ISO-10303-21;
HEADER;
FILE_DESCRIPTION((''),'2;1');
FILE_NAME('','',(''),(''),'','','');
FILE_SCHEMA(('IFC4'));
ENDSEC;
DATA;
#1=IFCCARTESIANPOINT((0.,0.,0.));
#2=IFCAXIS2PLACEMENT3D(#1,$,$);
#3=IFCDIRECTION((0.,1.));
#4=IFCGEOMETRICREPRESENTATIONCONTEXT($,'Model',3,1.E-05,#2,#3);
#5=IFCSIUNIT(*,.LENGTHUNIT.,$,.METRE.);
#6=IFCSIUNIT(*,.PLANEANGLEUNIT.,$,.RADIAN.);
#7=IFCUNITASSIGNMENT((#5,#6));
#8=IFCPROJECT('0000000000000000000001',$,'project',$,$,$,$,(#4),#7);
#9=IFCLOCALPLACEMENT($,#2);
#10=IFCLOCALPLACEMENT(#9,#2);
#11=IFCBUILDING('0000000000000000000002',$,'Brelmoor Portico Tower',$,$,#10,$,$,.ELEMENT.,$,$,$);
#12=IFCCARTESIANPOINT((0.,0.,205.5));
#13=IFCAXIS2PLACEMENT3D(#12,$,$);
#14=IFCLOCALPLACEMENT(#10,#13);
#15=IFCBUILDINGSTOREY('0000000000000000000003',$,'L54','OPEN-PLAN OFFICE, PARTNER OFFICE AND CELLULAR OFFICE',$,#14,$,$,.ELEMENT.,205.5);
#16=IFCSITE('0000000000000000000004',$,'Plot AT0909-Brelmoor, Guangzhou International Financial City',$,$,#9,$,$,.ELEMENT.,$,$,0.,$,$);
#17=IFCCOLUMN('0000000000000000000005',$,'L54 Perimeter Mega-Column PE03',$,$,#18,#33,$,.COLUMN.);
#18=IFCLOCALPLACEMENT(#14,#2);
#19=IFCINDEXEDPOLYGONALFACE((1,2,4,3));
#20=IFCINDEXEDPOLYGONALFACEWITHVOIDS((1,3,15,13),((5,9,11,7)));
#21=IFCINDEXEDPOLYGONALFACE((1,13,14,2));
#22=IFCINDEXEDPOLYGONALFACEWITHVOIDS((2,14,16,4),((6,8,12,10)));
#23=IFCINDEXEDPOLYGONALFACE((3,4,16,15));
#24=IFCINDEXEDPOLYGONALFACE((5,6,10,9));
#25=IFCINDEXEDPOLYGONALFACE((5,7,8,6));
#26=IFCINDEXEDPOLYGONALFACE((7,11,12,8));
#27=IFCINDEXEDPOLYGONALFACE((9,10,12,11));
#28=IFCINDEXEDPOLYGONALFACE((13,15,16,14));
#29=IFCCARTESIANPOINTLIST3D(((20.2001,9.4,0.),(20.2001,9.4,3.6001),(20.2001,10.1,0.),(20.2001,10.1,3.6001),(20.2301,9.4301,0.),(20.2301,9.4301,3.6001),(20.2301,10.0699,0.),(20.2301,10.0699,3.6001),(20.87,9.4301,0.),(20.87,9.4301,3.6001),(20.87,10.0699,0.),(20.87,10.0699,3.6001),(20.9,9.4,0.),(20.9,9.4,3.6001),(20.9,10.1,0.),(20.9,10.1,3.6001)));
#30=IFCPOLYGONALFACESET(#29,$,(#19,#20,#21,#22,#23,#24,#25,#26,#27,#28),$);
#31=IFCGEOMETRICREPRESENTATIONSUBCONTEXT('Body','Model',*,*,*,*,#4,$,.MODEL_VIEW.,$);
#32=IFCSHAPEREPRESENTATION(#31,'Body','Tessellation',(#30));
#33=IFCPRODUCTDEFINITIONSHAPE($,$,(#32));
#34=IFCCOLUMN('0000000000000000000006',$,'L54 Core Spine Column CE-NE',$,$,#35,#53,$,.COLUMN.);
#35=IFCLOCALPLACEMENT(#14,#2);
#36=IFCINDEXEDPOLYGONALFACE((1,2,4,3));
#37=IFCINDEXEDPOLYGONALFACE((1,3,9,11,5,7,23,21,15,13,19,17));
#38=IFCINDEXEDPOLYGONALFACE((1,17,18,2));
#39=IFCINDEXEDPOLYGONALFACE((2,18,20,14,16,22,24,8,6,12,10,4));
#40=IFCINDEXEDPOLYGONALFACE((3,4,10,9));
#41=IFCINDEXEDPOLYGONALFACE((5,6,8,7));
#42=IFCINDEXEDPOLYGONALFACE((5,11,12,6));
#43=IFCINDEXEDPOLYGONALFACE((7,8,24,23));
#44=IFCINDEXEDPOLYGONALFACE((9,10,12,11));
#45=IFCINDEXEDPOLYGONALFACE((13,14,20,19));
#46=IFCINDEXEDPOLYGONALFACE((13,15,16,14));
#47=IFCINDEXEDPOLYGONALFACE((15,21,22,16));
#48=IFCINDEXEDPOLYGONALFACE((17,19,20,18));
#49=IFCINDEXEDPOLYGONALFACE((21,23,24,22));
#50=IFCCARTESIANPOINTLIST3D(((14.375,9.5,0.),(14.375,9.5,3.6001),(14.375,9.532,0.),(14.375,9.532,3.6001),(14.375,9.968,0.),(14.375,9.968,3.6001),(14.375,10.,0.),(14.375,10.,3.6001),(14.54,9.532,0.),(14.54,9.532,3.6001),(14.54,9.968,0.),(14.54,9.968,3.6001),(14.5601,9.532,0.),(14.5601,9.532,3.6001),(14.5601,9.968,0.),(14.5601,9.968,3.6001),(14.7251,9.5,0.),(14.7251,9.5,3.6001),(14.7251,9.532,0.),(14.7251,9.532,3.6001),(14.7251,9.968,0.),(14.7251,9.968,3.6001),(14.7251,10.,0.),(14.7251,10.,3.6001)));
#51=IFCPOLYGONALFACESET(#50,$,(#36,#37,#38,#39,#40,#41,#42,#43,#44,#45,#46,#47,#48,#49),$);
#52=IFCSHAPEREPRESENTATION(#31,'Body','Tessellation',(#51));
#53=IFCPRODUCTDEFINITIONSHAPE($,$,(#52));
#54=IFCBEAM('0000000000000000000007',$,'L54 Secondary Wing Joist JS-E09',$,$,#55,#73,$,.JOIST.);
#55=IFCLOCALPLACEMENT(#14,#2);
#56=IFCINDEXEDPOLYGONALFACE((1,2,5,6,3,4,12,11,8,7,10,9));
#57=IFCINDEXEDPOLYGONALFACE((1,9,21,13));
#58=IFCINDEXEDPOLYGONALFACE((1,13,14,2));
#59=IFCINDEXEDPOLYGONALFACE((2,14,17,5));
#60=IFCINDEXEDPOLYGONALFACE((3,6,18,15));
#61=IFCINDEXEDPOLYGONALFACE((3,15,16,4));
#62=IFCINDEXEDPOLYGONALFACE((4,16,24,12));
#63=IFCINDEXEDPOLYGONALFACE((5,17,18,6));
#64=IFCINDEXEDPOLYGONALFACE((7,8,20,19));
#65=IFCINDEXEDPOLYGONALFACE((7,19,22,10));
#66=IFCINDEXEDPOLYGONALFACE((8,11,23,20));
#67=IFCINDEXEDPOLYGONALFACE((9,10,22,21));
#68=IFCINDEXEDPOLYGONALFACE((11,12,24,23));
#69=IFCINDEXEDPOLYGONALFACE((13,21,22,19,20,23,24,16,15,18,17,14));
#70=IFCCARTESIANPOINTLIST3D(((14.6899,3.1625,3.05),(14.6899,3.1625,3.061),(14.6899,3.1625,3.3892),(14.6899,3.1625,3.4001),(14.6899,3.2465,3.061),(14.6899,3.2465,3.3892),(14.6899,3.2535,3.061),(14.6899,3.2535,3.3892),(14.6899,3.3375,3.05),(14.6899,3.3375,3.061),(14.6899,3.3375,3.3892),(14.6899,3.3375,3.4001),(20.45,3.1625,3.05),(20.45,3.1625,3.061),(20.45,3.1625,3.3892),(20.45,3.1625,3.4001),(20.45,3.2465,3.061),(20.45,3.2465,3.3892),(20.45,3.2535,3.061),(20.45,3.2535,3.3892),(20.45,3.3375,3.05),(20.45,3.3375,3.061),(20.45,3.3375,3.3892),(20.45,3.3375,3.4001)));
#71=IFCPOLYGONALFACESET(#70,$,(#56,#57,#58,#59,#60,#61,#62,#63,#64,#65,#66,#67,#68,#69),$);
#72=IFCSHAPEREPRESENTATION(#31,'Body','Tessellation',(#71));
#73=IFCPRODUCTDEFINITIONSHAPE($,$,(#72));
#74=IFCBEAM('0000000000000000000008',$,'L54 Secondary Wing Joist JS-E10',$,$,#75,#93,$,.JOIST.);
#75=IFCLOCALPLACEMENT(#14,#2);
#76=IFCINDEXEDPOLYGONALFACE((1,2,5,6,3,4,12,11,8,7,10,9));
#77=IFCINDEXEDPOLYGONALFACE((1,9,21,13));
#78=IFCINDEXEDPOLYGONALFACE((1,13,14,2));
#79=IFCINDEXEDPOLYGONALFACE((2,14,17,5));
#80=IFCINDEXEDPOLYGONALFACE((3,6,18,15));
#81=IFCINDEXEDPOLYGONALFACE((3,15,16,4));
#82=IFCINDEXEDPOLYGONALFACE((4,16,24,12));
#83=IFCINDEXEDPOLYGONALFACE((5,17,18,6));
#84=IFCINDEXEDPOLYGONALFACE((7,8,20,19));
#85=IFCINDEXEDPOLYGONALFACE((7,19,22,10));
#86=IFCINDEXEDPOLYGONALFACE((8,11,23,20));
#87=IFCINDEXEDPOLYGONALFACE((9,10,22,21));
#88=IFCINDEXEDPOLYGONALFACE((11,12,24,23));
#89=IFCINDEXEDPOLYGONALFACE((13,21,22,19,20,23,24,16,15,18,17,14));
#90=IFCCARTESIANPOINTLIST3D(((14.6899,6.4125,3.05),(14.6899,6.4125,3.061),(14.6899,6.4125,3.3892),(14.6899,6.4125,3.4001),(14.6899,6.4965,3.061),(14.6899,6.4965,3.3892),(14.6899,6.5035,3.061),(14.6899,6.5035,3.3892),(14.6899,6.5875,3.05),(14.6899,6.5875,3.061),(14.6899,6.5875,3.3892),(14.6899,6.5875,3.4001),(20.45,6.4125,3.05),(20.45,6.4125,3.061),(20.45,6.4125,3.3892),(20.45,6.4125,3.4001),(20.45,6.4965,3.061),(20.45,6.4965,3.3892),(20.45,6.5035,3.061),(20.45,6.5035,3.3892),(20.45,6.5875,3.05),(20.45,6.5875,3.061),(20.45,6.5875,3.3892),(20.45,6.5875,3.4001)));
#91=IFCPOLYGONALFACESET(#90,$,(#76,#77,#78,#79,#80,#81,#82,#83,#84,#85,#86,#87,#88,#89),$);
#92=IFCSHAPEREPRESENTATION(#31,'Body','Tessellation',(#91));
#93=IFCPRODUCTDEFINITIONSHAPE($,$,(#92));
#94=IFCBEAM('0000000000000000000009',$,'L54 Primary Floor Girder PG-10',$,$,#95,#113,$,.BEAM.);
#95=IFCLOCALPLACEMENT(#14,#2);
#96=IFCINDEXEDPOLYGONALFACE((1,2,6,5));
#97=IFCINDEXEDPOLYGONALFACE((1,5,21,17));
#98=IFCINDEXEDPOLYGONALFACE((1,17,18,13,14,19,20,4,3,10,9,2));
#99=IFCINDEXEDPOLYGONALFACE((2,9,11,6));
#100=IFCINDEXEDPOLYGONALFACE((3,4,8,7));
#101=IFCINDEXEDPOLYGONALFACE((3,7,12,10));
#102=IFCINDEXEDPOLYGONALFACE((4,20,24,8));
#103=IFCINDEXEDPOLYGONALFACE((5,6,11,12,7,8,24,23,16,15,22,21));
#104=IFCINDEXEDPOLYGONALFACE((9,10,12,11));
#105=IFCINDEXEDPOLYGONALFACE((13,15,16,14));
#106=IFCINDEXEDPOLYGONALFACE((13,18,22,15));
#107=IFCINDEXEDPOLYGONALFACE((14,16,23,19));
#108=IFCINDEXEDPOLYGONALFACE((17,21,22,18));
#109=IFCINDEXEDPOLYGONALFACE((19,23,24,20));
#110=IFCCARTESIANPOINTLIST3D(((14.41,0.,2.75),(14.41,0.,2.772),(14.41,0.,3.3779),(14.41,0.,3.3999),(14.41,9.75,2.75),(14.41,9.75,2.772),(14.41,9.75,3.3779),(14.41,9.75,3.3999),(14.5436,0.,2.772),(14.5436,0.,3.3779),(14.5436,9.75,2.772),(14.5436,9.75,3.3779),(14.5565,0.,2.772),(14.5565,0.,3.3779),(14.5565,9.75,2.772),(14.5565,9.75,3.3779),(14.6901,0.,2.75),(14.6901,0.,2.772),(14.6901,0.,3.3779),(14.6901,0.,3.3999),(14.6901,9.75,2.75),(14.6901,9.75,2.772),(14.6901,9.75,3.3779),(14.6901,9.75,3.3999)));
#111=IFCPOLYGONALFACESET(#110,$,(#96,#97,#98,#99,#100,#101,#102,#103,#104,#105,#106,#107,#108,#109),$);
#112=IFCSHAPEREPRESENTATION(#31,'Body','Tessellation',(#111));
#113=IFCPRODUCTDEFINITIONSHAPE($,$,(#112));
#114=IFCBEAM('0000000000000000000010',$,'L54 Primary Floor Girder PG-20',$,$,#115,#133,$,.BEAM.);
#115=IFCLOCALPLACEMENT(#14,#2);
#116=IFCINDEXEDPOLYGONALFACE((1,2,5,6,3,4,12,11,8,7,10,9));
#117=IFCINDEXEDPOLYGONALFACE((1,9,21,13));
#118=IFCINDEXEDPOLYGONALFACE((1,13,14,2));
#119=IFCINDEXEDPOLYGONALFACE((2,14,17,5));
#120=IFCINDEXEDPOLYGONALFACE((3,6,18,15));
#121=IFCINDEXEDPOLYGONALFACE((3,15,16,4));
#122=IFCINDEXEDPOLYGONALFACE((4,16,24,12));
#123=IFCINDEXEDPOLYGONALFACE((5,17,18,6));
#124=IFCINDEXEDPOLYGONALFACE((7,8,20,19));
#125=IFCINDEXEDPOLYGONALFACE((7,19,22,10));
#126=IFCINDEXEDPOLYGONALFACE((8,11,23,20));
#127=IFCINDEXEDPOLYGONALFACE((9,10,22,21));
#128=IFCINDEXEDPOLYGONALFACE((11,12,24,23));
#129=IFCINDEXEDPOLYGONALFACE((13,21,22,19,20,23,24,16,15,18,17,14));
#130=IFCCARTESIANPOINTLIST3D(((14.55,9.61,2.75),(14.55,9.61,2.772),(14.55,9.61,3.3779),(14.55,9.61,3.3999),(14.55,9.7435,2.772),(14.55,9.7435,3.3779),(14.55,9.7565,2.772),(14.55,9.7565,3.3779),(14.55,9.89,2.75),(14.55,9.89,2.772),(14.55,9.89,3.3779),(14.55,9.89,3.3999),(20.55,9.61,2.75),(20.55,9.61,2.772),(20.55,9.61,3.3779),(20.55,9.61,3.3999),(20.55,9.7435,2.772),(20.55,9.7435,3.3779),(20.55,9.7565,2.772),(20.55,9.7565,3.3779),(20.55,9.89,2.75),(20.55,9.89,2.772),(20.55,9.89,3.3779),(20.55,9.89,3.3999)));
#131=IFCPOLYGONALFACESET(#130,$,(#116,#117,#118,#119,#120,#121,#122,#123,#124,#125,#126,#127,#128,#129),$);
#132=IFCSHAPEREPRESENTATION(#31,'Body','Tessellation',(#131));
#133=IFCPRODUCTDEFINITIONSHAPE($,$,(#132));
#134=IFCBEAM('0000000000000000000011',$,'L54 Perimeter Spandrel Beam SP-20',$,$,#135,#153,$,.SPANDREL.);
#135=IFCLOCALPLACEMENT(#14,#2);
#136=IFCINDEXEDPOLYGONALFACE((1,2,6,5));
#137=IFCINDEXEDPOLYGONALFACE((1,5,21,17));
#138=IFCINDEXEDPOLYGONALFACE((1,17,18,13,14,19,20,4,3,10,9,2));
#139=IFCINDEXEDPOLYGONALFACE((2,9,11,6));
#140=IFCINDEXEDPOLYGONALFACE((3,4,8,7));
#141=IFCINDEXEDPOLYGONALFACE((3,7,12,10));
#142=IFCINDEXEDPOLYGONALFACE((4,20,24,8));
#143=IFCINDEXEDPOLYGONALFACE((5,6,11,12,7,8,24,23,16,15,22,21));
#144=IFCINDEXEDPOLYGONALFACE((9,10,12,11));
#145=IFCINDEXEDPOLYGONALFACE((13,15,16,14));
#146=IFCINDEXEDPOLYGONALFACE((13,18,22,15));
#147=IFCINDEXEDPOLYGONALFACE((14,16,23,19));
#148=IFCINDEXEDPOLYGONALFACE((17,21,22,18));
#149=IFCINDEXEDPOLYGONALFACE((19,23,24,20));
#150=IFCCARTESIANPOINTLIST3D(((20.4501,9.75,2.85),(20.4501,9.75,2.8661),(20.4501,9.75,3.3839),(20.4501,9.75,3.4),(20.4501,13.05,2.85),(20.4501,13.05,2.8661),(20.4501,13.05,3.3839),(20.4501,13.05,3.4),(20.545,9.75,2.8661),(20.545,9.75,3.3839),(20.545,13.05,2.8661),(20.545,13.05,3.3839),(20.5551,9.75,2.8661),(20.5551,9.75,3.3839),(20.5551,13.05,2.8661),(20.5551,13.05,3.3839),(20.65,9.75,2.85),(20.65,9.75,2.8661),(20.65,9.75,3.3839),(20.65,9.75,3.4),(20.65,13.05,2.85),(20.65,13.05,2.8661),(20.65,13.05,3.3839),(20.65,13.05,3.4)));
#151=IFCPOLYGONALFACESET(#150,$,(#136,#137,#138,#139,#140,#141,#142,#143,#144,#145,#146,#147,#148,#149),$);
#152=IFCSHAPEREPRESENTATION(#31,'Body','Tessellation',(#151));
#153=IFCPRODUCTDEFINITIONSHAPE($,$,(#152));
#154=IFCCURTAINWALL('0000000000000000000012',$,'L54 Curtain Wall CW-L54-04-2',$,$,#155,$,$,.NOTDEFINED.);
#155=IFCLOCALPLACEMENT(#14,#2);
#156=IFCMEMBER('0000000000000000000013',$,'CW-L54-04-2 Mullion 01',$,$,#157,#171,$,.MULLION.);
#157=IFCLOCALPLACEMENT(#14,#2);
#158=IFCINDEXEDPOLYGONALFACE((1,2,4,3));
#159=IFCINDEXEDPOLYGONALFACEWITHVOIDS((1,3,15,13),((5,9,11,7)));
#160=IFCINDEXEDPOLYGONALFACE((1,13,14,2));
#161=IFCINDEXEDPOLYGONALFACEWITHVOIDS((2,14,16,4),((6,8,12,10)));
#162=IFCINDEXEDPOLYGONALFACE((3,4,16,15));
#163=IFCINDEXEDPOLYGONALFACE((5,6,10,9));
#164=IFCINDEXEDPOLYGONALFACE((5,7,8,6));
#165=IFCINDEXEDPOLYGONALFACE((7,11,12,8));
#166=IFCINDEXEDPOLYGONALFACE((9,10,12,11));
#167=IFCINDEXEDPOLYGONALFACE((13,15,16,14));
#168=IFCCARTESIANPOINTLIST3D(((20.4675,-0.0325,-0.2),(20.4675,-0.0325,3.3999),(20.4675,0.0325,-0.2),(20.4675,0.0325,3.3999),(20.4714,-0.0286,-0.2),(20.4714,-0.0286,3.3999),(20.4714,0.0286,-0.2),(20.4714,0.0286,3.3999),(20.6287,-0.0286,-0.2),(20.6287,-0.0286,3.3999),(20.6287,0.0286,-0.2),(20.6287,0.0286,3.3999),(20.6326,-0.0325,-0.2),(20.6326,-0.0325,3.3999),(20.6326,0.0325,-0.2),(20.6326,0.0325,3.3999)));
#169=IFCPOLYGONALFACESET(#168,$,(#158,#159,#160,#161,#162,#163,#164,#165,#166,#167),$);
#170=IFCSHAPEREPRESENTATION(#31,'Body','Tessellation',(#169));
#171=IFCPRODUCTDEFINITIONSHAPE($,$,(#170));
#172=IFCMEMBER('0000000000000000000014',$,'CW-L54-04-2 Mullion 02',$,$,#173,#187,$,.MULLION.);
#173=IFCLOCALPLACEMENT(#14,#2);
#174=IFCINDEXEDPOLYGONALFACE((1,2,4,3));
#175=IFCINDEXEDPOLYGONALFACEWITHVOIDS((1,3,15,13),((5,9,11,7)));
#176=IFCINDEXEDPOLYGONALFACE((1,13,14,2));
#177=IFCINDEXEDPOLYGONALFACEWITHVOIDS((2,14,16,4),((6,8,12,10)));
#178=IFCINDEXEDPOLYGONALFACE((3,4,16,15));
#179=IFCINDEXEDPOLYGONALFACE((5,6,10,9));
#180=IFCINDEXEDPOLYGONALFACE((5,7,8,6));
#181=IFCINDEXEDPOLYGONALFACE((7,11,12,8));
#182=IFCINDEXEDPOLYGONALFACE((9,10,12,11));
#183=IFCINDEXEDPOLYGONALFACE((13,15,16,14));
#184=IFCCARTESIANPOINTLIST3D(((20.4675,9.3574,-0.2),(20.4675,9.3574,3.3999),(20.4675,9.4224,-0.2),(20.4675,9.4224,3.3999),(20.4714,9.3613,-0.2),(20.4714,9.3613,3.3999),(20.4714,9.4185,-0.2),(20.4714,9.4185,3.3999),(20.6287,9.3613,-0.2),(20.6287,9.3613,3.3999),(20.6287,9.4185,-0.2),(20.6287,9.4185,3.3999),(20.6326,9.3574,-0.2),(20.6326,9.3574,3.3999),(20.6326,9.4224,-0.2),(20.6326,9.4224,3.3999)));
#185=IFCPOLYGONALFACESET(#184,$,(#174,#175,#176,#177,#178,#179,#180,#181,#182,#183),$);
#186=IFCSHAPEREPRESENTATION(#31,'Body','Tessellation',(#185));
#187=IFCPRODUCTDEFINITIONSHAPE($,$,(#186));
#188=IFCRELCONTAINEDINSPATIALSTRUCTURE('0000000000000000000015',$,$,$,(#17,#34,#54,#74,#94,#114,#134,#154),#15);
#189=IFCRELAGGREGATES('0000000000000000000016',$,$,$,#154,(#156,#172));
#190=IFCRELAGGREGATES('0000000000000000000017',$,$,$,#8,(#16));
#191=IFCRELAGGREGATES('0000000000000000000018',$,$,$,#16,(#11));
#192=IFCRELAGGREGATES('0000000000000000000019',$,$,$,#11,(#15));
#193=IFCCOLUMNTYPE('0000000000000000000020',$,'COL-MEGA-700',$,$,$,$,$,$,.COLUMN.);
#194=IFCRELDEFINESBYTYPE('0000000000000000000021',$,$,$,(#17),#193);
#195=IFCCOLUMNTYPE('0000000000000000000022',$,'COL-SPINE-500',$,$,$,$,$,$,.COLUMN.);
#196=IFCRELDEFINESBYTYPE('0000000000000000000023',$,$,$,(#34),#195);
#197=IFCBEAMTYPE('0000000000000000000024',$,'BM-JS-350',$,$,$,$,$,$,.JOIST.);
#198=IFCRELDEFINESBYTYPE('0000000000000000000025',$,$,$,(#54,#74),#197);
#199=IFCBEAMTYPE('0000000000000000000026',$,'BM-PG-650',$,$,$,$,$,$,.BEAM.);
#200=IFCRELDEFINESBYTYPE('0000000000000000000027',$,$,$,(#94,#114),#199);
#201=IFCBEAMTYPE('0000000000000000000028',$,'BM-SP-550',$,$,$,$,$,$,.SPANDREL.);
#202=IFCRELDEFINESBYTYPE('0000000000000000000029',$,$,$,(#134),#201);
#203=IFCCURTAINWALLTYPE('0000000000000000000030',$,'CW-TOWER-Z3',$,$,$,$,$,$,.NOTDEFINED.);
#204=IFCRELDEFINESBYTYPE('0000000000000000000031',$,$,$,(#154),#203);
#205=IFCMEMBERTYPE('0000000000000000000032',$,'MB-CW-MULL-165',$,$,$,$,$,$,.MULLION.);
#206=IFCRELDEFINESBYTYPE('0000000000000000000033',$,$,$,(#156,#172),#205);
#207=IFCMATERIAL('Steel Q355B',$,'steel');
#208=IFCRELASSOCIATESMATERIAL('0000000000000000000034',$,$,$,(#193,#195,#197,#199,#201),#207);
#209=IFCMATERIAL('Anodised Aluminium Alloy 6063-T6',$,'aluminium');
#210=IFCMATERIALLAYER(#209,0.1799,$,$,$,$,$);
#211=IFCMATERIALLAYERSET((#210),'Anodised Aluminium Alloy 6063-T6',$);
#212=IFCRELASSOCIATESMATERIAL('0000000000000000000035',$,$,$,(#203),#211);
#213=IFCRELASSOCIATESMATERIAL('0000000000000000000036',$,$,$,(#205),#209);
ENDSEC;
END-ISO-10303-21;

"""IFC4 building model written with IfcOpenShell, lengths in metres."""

from ifc_helpers import new_model, si_unit, direction, frame, origin, origin_2d, place, context, subcontext, project, spatial, hollow_rectangle, i_section, extrude, material, layer, layer_set, material_profile, profile_set, type_object, element, aggregate, save


model = new_model("IFC4")

# Units and contexts
model_context = context("Model", 3, precision=1e-05, world=origin(), true_north=direction((0.0, 1.0)))
body_context = subcontext(model_context, "Body", "Model", "MODEL_VIEW")
ifc_project = project(units=[si_unit("LENGTHUNIT", "METRE"), si_unit("PLANEANGLEUNIT", "RADIAN")], contexts=[model_context])

# Site, building, storey
site_placement = place(None, origin())
site = spatial("IfcSite", under=ifc_project, at=site_placement, Name="Plot AT0909-Brelmoor, Guangzhou International Financial City", CompositionType="ELEMENT", RefElevation=0.0)
building_placement = place(site_placement, origin())
building = spatial("IfcBuilding", under=site, at=building_placement, Name="Brelmoor Portico Tower", CompositionType="ELEMENT")
storey_placement = place(building_placement, frame((0.0, 0.0, 205.5)))
storey = spatial("IfcBuildingStorey", under=building, at=storey_placement, Name="L54", Description="OPEN-PLAN OFFICE, PARTNER OFFICE AND CELLULAR OFFICE", CompositionType="ELEMENT", Elevation=205.5)

# Columns
ifc_material_1 = material(Name="Steel Q355B", Category="steel")
ifc_material_profile_1 = material_profile(ifc_material_1, hollow_rectangle(XDim=0.7, YDim=0.7, WallThickness=0.03, at=origin_2d()), Name="BOX 700x700x30")
ifc_profile_set_1 = profile_set([ifc_material_profile_1], Name="Steel Q355B")
column_type_1 = type_object("IfcColumnType", Name="COL-MEGA-700", PredefinedType="COLUMN", material=ifc_profile_set_1)
column_1_placement = place(storey_placement, frame((20.55, 9.75, 0.0), z_axis=(0.0, 0.0, 1.0), x_axis=(0.0, 1.0, 0.0)))
element("IfcColumn", 1, at=column_1_placement, inside=storey, type_object=column_type_1, Name="L54 Perimeter Mega-Column PE03", PredefinedType="COLUMN", context=body_context, shape_type="SweptSolid", body=[
    extrude(hollow_rectangle(XDim=0.7, YDim=0.7, WallThickness=0.03, at=origin_2d()), origin(), (0.0, 0.0, 1.0), 3.6001),
])
ifc_material_profile_2 = material_profile(ifc_material_1, i_section(OverallWidth=0.3501, OverallDepth=0.5, WebThickness=0.02, FlangeThickness=0.032, at=origin_2d()), Name="HW 500x350x20x32")
ifc_profile_set_2 = profile_set([ifc_material_profile_2], Name="Steel Q355B")
column_type_2 = type_object("IfcColumnType", Name="COL-SPINE-500", PredefinedType="COLUMN", material=ifc_profile_set_2)
column_2_placement = place(storey_placement, frame((14.55, 9.75, 0.0), z_axis=(0.0, 0.0, 1.0), x_axis=(1.0, 0.0, 0.0)))
element("IfcColumn", 2, at=column_2_placement, inside=storey, type_object=column_type_2, Name="L54 Core Spine Column CE-NE", PredefinedType="COLUMN", context=body_context, shape_type="SweptSolid", body=[
    extrude(i_section(OverallWidth=0.3501, OverallDepth=0.5, WebThickness=0.02, FlangeThickness=0.032, at=origin_2d()), origin(), (0.0, 0.0, 1.0), 3.6001),
])

# Beams
ifc_material_profile_3 = material_profile(ifc_material_1, i_section(OverallWidth=0.175, OverallDepth=0.3501, WebThickness=0.0071, FlangeThickness=0.011, at=origin_2d()), Name="HN 350x175x7x11")
ifc_profile_set_3 = profile_set([ifc_material_profile_3], Name="Steel Q355B")
beam_type_1 = type_object("IfcBeamType", Name="BM-JS-350", PredefinedType="JOIST", material=ifc_profile_set_3)
for number, where, z_axis, x_axis, name in (
    (3, (14.6899, 3.25, 3.2251), (1.0, 0.0, 0.0), (0.0, 1.0, 0.0), "L54 Secondary Wing Joist JS-E09"),
    (4, (14.6899, 6.5, 3.2251), (1.0, 0.0, 0.0), (0.0, 1.0, 0.0), "L54 Secondary Wing Joist JS-E10"),
):
    element("IfcBeam", number, at=place(storey_placement, frame(where, z_axis=z_axis, x_axis=x_axis)), inside=storey, type_object=beam_type_1, Name=name, PredefinedType="JOIST", context=body_context, shape_type="SweptSolid", body=[
        extrude(i_section(OverallWidth=0.175, OverallDepth=0.3501, WebThickness=0.0071, FlangeThickness=0.011, at=origin_2d()), origin(), (0.0, 0.0, 1.0), 5.76),
    ])
ifc_material_profile_4 = material_profile(ifc_material_1, i_section(OverallWidth=0.28, OverallDepth=0.6499, WebThickness=0.0129, FlangeThickness=0.022, at=origin_2d()), Name="HN 650x280x13x22")
ifc_profile_set_4 = profile_set([ifc_material_profile_4], Name="Steel Q355B")
beam_type_2 = type_object("IfcBeamType", Name="BM-PG-650", PredefinedType="BEAM", material=ifc_profile_set_4)
beam_1_placement = place(storey_placement, frame((14.55, 0.0, 3.075), z_axis=(0.0, 1.0, 0.0), x_axis=(-1.0, 0.0, 0.0)))
element("IfcBeam", 5, at=beam_1_placement, inside=storey, type_object=beam_type_2, Name="L54 Primary Floor Girder PG-10", PredefinedType="BEAM", context=body_context, shape_type="SweptSolid", body=[
    extrude(i_section(OverallWidth=0.28, OverallDepth=0.6499, WebThickness=0.0129, FlangeThickness=0.022, at=origin_2d()), origin(), (0.0, 0.0, 1.0), 9.75),
])
beam_2_placement = place(storey_placement, frame((14.55, 9.75, 3.075), z_axis=(1.0, 0.0, 0.0), x_axis=(0.0, 1.0, 0.0)))
element("IfcBeam", 6, at=beam_2_placement, inside=storey, type_object=beam_type_2, Name="L54 Primary Floor Girder PG-20", PredefinedType="BEAM", context=body_context, shape_type="SweptSolid", body=[
    extrude(i_section(OverallWidth=0.28, OverallDepth=0.6499, WebThickness=0.0129, FlangeThickness=0.022, at=origin_2d()), origin(), (0.0, 0.0, 1.0), 6.0),
])
ifc_material_profile_5 = material_profile(ifc_material_1, i_section(OverallWidth=0.2, OverallDepth=0.55, WebThickness=0.01, FlangeThickness=0.0161, at=origin_2d()), Name="HN 550x200x10x16")
ifc_profile_set_5 = profile_set([ifc_material_profile_5], Name="Steel Q355B")
beam_type_3 = type_object("IfcBeamType", Name="BM-SP-550", PredefinedType="SPANDREL", material=ifc_profile_set_5)
beam_3_placement = place(storey_placement, frame((20.55, 9.75, 3.125), z_axis=(0.0, 1.0, 0.0), x_axis=(-1.0, 0.0, 0.0)))
element("IfcBeam", 7, at=beam_3_placement, inside=storey, type_object=beam_type_3, Name="L54 Perimeter Spandrel Beam SP-20", PredefinedType="SPANDREL", context=body_context, shape_type="SweptSolid", body=[
    extrude(i_section(OverallWidth=0.2, OverallDepth=0.55, WebThickness=0.01, FlangeThickness=0.0161, at=origin_2d()), origin(), (0.0, 0.0, 1.0), 3.3),
])

# Curtain wall, members
ifc_material_2 = material(Name="Anodised Aluminium Alloy 6063-T6", Category="aluminium")
ifc_layer_1 = layer(ifc_material_2, 0.1799)
ifc_layer_set_1 = layer_set([ifc_layer_1], Name="Anodised Aluminium Alloy 6063-T6")
curtain_wall_type = type_object("IfcCurtainWallType", Name="CW-TOWER-Z3", PredefinedType="NOTDEFINED", material=ifc_layer_set_1)
curtain_wall_1_placement = place(storey_placement, origin())
curtain_wall_1 = element("IfcCurtainWall", 8, at=curtain_wall_1_placement, inside=storey, type_object=curtain_wall_type, Name="L54 Curtain Wall CW-L54-04-2", PredefinedType="NOTDEFINED")
ifc_material_profile_6 = material_profile(ifc_material_2, hollow_rectangle(XDim=0.0649, YDim=0.165, WallThickness=0.0039, at=origin_2d()), Name="ALU MULLION 65x165")
ifc_profile_set_6 = profile_set([ifc_material_profile_6], Name="Anodised Aluminium Alloy 6063-T6")
member_type_1 = type_object("IfcMemberType", Name="MB-CW-MULL-165", PredefinedType="MULLION", material=ifc_profile_set_6)
member_1_placement = place(storey_placement, frame((20.55, 0.0, -0.2), z_axis=(0.0, 0.0, 1.0), x_axis=(0.0, 1.0, 0.0)))
member_1 = element("IfcMember", 9, at=member_1_placement, type_object=member_type_1, Name="CW-L54-04-2 Mullion 01", PredefinedType="MULLION", context=body_context, shape_type="SweptSolid", body=[
    extrude(hollow_rectangle(XDim=0.0649, YDim=0.165, WallThickness=0.0039, at=origin_2d()), origin(), (0.0, 0.0, 1.0), 3.5999),
])
member_2_placement = place(storey_placement, frame((20.55, 9.3899, -0.2), z_axis=(0.0, 0.0, 1.0), x_axis=(0.0, 1.0, 0.0)))
member_2 = element("IfcMember", 10, at=member_2_placement, type_object=member_type_1, Name="CW-L54-04-2 Mullion 02", PredefinedType="MULLION", context=body_context, shape_type="SweptSolid", body=[
    extrude(hollow_rectangle(XDim=0.0649, YDim=0.165, WallThickness=0.0039, at=origin_2d()), origin(), (0.0, 0.0, 1.0), 3.5999),
])

aggregate(curtain_wall_1, [member_1, member_2])

save(model, "model.ifc")
